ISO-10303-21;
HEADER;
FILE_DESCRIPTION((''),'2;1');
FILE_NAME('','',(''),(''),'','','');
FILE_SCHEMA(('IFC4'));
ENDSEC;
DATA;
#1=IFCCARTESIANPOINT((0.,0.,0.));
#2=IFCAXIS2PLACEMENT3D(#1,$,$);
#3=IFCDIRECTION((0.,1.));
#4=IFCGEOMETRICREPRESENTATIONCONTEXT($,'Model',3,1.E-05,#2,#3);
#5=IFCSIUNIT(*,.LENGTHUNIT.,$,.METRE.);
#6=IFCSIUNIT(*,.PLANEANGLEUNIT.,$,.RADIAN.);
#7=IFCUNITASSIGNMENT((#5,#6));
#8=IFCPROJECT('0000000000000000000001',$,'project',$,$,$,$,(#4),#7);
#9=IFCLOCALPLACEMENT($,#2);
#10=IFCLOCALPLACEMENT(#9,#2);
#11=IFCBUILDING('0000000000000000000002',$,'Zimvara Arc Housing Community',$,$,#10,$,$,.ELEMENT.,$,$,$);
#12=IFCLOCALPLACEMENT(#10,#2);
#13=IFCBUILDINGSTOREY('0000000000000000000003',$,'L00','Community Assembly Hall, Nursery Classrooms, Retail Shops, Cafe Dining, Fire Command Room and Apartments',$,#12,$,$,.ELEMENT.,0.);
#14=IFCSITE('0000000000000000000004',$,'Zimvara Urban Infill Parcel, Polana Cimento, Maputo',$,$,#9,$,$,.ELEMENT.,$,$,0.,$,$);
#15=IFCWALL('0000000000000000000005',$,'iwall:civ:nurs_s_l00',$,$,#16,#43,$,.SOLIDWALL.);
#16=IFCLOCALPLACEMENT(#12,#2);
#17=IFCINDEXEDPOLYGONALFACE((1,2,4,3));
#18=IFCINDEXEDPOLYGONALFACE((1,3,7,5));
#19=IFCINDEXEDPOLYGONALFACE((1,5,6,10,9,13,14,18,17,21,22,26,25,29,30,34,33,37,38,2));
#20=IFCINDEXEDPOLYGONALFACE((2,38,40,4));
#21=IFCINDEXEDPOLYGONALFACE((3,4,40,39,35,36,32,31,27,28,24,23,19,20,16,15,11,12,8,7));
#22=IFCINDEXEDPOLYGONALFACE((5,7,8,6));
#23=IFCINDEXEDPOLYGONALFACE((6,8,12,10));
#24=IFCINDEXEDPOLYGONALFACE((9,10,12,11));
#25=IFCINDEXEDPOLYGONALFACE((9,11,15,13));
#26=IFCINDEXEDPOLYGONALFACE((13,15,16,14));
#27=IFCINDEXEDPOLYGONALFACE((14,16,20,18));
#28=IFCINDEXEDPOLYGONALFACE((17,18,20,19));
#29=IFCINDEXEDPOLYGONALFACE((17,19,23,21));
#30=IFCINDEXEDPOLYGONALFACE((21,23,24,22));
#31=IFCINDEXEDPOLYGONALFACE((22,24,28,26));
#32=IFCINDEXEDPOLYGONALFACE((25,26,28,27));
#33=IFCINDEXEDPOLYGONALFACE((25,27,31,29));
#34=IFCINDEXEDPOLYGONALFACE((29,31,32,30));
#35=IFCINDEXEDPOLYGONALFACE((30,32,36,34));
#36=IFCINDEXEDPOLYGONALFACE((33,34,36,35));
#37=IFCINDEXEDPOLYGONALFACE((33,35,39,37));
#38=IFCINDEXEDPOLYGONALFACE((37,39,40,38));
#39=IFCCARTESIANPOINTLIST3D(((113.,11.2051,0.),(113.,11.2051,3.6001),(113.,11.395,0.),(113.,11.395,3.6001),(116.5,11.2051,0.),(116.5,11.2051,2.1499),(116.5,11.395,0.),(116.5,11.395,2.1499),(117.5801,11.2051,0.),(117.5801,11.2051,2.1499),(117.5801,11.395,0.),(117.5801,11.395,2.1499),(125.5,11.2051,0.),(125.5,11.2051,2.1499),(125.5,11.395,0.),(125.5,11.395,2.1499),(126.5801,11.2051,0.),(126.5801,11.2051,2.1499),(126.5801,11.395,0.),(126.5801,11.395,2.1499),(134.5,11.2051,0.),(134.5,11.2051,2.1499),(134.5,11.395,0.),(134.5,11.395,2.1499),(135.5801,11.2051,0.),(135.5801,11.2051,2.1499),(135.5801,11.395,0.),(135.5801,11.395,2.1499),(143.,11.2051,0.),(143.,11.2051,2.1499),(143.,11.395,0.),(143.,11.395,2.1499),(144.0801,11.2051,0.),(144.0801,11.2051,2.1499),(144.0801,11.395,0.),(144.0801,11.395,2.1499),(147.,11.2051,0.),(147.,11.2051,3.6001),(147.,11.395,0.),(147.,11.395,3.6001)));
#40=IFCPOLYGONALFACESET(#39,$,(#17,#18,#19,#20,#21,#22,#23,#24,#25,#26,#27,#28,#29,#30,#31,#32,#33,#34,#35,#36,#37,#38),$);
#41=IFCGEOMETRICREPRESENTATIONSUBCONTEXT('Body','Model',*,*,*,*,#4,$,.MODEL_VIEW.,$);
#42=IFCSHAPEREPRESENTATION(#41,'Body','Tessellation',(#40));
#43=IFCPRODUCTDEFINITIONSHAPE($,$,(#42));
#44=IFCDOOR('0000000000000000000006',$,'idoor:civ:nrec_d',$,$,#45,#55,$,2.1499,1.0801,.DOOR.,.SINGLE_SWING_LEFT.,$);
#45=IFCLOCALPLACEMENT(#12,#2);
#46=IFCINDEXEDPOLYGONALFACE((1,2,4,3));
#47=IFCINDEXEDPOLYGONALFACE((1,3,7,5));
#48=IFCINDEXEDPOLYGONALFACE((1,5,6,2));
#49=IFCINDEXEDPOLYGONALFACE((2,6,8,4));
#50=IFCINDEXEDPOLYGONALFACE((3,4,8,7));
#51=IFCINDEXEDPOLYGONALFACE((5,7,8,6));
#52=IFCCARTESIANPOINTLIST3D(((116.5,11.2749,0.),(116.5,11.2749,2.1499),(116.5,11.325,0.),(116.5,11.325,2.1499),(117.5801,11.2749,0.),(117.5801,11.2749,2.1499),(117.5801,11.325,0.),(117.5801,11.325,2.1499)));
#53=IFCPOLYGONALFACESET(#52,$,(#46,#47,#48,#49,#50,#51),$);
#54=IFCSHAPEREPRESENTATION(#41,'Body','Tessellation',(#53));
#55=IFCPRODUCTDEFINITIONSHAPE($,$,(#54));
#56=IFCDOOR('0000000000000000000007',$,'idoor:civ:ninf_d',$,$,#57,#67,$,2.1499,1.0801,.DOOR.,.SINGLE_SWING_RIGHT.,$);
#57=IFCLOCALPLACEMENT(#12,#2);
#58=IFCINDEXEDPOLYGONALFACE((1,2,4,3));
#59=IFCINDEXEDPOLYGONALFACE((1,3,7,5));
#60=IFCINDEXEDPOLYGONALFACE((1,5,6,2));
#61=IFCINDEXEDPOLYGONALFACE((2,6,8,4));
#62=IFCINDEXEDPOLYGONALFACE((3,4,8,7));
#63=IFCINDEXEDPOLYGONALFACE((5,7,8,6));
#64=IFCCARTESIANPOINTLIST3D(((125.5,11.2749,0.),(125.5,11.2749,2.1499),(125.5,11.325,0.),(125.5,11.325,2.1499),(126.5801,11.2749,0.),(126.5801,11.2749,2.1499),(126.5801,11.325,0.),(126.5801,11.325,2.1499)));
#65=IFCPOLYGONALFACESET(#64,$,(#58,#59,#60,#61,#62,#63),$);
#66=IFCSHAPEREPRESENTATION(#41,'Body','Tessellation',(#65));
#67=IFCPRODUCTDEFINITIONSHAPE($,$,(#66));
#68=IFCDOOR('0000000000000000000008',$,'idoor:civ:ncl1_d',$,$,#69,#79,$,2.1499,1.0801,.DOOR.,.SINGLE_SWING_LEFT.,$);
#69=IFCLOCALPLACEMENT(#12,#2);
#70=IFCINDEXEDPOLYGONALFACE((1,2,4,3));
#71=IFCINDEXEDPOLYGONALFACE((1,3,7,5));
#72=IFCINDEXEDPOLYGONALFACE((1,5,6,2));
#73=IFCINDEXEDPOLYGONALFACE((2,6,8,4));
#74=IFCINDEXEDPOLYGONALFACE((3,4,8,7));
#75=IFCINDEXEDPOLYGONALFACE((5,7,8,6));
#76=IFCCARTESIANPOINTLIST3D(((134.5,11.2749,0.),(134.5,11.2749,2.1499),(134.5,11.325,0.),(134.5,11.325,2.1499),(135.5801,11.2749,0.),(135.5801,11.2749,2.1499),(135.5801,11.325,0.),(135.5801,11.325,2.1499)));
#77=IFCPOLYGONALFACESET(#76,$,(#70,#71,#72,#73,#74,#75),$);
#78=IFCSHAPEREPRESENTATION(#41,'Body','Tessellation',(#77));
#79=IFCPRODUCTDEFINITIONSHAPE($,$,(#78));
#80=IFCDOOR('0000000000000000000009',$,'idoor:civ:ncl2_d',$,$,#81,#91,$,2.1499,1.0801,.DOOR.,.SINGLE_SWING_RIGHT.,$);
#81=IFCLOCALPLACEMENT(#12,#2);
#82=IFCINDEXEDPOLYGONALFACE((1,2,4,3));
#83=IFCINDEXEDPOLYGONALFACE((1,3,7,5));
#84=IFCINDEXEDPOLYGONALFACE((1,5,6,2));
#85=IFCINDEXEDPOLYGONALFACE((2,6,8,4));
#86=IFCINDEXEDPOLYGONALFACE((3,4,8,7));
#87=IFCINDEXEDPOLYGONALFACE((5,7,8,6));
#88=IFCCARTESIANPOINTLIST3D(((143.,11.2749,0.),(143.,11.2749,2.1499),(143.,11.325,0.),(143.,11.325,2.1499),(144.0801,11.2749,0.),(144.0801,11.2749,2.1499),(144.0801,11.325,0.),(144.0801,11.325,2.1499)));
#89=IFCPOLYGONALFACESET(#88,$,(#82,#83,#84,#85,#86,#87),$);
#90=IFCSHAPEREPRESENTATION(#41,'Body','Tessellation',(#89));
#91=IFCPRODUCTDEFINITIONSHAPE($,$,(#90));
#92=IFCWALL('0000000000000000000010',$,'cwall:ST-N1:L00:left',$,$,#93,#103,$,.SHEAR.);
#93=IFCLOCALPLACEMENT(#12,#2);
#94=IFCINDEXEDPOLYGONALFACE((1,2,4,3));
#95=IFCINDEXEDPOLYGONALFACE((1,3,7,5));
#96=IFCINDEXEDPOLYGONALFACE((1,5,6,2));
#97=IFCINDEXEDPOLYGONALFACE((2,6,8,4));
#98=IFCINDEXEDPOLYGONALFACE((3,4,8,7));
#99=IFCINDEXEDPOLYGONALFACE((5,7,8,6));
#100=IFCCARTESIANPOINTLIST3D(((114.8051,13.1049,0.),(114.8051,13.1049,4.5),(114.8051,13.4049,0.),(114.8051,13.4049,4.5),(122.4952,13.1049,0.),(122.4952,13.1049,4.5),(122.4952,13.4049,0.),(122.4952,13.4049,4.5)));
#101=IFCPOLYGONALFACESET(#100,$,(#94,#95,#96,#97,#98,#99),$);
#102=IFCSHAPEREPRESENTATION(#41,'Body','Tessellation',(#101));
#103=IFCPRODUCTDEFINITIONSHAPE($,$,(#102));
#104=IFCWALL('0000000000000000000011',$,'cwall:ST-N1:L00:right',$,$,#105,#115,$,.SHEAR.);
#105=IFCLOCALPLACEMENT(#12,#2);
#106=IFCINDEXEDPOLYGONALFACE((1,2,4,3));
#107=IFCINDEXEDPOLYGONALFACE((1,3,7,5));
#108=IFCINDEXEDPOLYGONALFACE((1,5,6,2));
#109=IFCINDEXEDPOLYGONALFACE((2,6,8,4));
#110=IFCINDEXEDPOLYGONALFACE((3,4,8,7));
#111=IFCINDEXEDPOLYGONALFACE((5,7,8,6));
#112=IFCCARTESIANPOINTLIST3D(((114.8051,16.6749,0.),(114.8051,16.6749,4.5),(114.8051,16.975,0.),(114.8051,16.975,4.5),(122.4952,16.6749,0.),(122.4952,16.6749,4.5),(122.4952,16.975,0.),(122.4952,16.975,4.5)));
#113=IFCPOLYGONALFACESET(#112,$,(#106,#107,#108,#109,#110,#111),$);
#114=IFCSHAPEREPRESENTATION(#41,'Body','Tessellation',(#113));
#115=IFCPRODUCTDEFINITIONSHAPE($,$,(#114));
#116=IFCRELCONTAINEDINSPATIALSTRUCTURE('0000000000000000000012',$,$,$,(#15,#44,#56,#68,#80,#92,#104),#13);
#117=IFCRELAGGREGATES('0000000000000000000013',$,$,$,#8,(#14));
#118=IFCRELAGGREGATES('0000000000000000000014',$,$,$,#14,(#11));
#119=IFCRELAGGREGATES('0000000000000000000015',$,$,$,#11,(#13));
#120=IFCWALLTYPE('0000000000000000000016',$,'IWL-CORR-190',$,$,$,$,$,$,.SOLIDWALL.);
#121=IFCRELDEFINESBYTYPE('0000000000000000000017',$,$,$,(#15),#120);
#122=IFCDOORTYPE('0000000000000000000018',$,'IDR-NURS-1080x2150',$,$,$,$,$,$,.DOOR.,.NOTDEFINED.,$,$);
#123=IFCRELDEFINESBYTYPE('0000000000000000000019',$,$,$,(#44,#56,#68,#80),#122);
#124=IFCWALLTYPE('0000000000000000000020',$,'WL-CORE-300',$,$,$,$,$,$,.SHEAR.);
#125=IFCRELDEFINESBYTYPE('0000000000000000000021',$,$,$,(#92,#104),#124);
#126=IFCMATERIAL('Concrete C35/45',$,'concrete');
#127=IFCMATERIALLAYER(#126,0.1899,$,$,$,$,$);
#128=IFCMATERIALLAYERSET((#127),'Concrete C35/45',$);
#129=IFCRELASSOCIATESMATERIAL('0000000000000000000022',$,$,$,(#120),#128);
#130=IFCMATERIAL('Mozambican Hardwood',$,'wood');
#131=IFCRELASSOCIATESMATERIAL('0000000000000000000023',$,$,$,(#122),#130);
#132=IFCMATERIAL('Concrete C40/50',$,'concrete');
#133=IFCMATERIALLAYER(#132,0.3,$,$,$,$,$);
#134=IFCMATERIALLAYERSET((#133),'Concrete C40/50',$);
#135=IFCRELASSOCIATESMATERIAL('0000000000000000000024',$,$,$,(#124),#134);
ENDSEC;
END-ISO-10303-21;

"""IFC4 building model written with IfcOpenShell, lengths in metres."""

from ifc_helpers import new_model, si_unit, direction, frame, frame_2d, origin, place, context, subcontext, project, spatial, rectangle, extrude, material, layer, layer_set, type_object, element, fill, save


model = new_model("IFC4")

# Units and contexts
model_context = context("Model", 3, precision=1e-05, world=origin(), true_north=direction((0.0, 1.0)))
body_context = subcontext(model_context, "Body", "Model", "MODEL_VIEW")
ifc_project = project(units=[si_unit("LENGTHUNIT", "METRE"), si_unit("PLANEANGLEUNIT", "RADIAN")], contexts=[model_context])

# Site, building, storey
site_placement = place(None, origin())
site = spatial("IfcSite", under=ifc_project, at=site_placement, Name="Zimvara Urban Infill Parcel, Polana Cimento, Maputo", CompositionType="ELEMENT", RefElevation=0.0)
building_placement = place(site_placement, origin())
building = spatial("IfcBuilding", under=site, at=building_placement, Name="Zimvara Arc Housing Community", CompositionType="ELEMENT")
storey_placement = place(building_placement, origin())
storey = spatial("IfcBuildingStorey", under=building, at=storey_placement, Name="L00", Description="Community Assembly Hall, Nursery Classrooms, Retail Shops, Cafe Dining, Fire Command Room and Apartments", CompositionType="ELEMENT", Elevation=0.0)

# Wall, openings, doors
ifc_material_1 = material(Name="Concrete C35/45", Category="concrete")
ifc_layer_1 = layer(ifc_material_1, 0.1899)
ifc_layer_set_1 = layer_set([ifc_layer_1], Name="Concrete C35/45")
wall_type_1 = type_object("IfcWallType", Name="IWL-CORR-190", PredefinedType="SOLIDWALL", material=ifc_layer_set_1)
wall_1_placement = place(storey_placement, frame((113.0, 11.3, 0.0), z_axis=(0.0, 0.0, 1.0), x_axis=(1.0, 0.0, 0.0)))
wall_1 = element("IfcWall", 1, at=wall_1_placement, inside=storey, type_object=wall_type_1, Name="iwall:civ:nurs_s_l00", PredefinedType="SOLIDWALL", context=body_context, shape_type="SweptSolid", body=[
    extrude(rectangle(XDim=34.0, YDim=0.1899, at=frame_2d((17.0, 0.0))), origin(), (0.0, 0.0, 1.0), 3.6001),
])
opening_1_placement = place(wall_1_placement, frame((3.5, 0.0, 0.0)))
opening_1 = element("IfcOpeningElement", 2, at=opening_1_placement, cuts=wall_1, PredefinedType="OPENING", context=body_context, shape_type="SweptSolid", body=[
    extrude(rectangle(XDim=1.0801, YDim=2.1499, at=frame_2d((0.54, 1.075))), frame((0.0, 0.105, 0.0), z_axis=(0.0, -1.0, 0.0), x_axis=(1.0, 0.0, 0.0)), (0.0, 0.0, 1.0), 0.21),
])
opening_2_placement = place(wall_1_placement, frame((12.5, 0.0, 0.0)))
opening_2 = element("IfcOpeningElement", 3, at=opening_2_placement, cuts=wall_1, PredefinedType="OPENING", context=body_context, shape_type="SweptSolid", body=[
    extrude(rectangle(XDim=1.0801, YDim=2.1499, at=frame_2d((0.54, 1.075))), frame((0.0, 0.105, 0.0), z_axis=(0.0, -1.0, 0.0), x_axis=(1.0, 0.0, 0.0)), (0.0, 0.0, 1.0), 0.21),
])
opening_3_placement = place(wall_1_placement, frame((21.5, 0.0, 0.0)))
opening_3 = element("IfcOpeningElement", 4, at=opening_3_placement, cuts=wall_1, PredefinedType="OPENING", context=body_context, shape_type="SweptSolid", body=[
    extrude(rectangle(XDim=1.0801, YDim=2.1499, at=frame_2d((0.54, 1.075))), frame((0.0, 0.105, 0.0), z_axis=(0.0, -1.0, 0.0), x_axis=(1.0, 0.0, 0.0)), (0.0, 0.0, 1.0), 0.21),
])
opening_4_placement = place(wall_1_placement, frame((30.0, 0.0, 0.0)))
opening_4 = element("IfcOpeningElement", 5, at=opening_4_placement, cuts=wall_1, PredefinedType="OPENING", context=body_context, shape_type="SweptSolid", body=[
    extrude(rectangle(XDim=1.0801, YDim=2.1499, at=frame_2d((0.54, 1.075))), frame((0.0, 0.105, 0.0), z_axis=(0.0, -1.0, 0.0), x_axis=(1.0, 0.0, 0.0)), (0.0, 0.0, 1.0), 0.21),
])
ifc_material_2 = material(Name="Mozambican Hardwood", Category="wood")
door_type_1 = type_object("IfcDoorType", Name="IDR-NURS-1080x2150", OperationType="NOTDEFINED", PredefinedType="DOOR", material=ifc_material_2)
door_1_placement = place(opening_1_placement, origin())
door_1 = element("IfcDoor", 6, at=door_1_placement, inside=storey, type_object=door_type_1, Name="idoor:civ:nrec_d", OperationType="SINGLE_SWING_LEFT", OverallHeight=2.1499, OverallWidth=1.0801, PredefinedType="DOOR", context=body_context, shape_type="SweptSolid", body=[
    extrude(rectangle(XDim=1.0801, YDim=2.1499, at=frame_2d((0.54, 1.075))), frame((0.0, 0.0249, 0.0), z_axis=(0.0, -1.0, 0.0), x_axis=(1.0, 0.0, 0.0)), (0.0, 0.0, 1.0), 0.05),
])
fill(opening_1, door_1)
door_2_placement = place(opening_2_placement, origin())
door_2 = element("IfcDoor", 7, at=door_2_placement, inside=storey, type_object=door_type_1, Name="idoor:civ:ninf_d", OperationType="SINGLE_SWING_RIGHT", OverallHeight=2.1499, OverallWidth=1.0801, PredefinedType="DOOR", context=body_context, shape_type="SweptSolid", body=[
    extrude(rectangle(XDim=1.0801, YDim=2.1499, at=frame_2d((0.54, 1.075))), frame((0.0, 0.0249, 0.0), z_axis=(0.0, -1.0, 0.0), x_axis=(1.0, 0.0, 0.0)), (0.0, 0.0, 1.0), 0.05),
])
fill(opening_2, door_2)
door_3_placement = place(opening_3_placement, origin())
door_3 = element("IfcDoor", 8, at=door_3_placement, inside=storey, type_object=door_type_1, Name="idoor:civ:ncl1_d", OperationType="SINGLE_SWING_LEFT", OverallHeight=2.1499, OverallWidth=1.0801, PredefinedType="DOOR", context=body_context, shape_type="SweptSolid", body=[
    extrude(rectangle(XDim=1.0801, YDim=2.1499, at=frame_2d((0.54, 1.075))), frame((0.0, 0.0249, 0.0), z_axis=(0.0, -1.0, 0.0), x_axis=(1.0, 0.0, 0.0)), (0.0, 0.0, 1.0), 0.05),
])
fill(opening_3, door_3)
door_4_placement = place(opening_4_placement, origin())
door_4 = element("IfcDoor", 9, at=door_4_placement, inside=storey, type_object=door_type_1, Name="idoor:civ:ncl2_d", OperationType="SINGLE_SWING_RIGHT", OverallHeight=2.1499, OverallWidth=1.0801, PredefinedType="DOOR", context=body_context, shape_type="SweptSolid", body=[
    extrude(rectangle(XDim=1.0801, YDim=2.1499, at=frame_2d((0.54, 1.075))), frame((0.0, 0.0249, 0.0), z_axis=(0.0, -1.0, 0.0), x_axis=(1.0, 0.0, 0.0)), (0.0, 0.0, 1.0), 0.05),
])
fill(opening_4, door_4)

# Shared definitions
ifc_material_3 = material(Name="Concrete C40/50", Category="concrete")
ifc_layer_2 = layer(ifc_material_3, 0.3)
ifc_layer_set_2 = layer_set([ifc_layer_2], Name="Concrete C40/50")
wall_type_2 = type_object("IfcWallType", Name="WL-CORE-300", PredefinedType="SHEAR", material=ifc_layer_set_2)

# Walls
for number, where, z_axis, x_axis, name in (
    (10, (114.8049, 13.2549, 0.0), (0.0, 0.0, 1.0), (1.0, 0.0, 0.0), "cwall:ST-N1:L00:left"),
    (11, (114.8049, 16.825, 0.0), (0.0, 0.0, 1.0), (1.0, 0.0, 0.0), "cwall:ST-N1:L00:right"),
):
    element("IfcWall", number, at=place(storey_placement, frame(where, z_axis=z_axis, x_axis=x_axis)), inside=storey, type_object=wall_type_2, Name=name, PredefinedType="SHEAR", context=body_context, shape_type="SweptSolid", body=[
        extrude(rectangle(XDim=7.6902, YDim=0.3, at=frame_2d((3.8452, 0.0))), origin(), (0.0, 0.0, 1.0), 4.5),
    ])

save(model, "model.ifc")
